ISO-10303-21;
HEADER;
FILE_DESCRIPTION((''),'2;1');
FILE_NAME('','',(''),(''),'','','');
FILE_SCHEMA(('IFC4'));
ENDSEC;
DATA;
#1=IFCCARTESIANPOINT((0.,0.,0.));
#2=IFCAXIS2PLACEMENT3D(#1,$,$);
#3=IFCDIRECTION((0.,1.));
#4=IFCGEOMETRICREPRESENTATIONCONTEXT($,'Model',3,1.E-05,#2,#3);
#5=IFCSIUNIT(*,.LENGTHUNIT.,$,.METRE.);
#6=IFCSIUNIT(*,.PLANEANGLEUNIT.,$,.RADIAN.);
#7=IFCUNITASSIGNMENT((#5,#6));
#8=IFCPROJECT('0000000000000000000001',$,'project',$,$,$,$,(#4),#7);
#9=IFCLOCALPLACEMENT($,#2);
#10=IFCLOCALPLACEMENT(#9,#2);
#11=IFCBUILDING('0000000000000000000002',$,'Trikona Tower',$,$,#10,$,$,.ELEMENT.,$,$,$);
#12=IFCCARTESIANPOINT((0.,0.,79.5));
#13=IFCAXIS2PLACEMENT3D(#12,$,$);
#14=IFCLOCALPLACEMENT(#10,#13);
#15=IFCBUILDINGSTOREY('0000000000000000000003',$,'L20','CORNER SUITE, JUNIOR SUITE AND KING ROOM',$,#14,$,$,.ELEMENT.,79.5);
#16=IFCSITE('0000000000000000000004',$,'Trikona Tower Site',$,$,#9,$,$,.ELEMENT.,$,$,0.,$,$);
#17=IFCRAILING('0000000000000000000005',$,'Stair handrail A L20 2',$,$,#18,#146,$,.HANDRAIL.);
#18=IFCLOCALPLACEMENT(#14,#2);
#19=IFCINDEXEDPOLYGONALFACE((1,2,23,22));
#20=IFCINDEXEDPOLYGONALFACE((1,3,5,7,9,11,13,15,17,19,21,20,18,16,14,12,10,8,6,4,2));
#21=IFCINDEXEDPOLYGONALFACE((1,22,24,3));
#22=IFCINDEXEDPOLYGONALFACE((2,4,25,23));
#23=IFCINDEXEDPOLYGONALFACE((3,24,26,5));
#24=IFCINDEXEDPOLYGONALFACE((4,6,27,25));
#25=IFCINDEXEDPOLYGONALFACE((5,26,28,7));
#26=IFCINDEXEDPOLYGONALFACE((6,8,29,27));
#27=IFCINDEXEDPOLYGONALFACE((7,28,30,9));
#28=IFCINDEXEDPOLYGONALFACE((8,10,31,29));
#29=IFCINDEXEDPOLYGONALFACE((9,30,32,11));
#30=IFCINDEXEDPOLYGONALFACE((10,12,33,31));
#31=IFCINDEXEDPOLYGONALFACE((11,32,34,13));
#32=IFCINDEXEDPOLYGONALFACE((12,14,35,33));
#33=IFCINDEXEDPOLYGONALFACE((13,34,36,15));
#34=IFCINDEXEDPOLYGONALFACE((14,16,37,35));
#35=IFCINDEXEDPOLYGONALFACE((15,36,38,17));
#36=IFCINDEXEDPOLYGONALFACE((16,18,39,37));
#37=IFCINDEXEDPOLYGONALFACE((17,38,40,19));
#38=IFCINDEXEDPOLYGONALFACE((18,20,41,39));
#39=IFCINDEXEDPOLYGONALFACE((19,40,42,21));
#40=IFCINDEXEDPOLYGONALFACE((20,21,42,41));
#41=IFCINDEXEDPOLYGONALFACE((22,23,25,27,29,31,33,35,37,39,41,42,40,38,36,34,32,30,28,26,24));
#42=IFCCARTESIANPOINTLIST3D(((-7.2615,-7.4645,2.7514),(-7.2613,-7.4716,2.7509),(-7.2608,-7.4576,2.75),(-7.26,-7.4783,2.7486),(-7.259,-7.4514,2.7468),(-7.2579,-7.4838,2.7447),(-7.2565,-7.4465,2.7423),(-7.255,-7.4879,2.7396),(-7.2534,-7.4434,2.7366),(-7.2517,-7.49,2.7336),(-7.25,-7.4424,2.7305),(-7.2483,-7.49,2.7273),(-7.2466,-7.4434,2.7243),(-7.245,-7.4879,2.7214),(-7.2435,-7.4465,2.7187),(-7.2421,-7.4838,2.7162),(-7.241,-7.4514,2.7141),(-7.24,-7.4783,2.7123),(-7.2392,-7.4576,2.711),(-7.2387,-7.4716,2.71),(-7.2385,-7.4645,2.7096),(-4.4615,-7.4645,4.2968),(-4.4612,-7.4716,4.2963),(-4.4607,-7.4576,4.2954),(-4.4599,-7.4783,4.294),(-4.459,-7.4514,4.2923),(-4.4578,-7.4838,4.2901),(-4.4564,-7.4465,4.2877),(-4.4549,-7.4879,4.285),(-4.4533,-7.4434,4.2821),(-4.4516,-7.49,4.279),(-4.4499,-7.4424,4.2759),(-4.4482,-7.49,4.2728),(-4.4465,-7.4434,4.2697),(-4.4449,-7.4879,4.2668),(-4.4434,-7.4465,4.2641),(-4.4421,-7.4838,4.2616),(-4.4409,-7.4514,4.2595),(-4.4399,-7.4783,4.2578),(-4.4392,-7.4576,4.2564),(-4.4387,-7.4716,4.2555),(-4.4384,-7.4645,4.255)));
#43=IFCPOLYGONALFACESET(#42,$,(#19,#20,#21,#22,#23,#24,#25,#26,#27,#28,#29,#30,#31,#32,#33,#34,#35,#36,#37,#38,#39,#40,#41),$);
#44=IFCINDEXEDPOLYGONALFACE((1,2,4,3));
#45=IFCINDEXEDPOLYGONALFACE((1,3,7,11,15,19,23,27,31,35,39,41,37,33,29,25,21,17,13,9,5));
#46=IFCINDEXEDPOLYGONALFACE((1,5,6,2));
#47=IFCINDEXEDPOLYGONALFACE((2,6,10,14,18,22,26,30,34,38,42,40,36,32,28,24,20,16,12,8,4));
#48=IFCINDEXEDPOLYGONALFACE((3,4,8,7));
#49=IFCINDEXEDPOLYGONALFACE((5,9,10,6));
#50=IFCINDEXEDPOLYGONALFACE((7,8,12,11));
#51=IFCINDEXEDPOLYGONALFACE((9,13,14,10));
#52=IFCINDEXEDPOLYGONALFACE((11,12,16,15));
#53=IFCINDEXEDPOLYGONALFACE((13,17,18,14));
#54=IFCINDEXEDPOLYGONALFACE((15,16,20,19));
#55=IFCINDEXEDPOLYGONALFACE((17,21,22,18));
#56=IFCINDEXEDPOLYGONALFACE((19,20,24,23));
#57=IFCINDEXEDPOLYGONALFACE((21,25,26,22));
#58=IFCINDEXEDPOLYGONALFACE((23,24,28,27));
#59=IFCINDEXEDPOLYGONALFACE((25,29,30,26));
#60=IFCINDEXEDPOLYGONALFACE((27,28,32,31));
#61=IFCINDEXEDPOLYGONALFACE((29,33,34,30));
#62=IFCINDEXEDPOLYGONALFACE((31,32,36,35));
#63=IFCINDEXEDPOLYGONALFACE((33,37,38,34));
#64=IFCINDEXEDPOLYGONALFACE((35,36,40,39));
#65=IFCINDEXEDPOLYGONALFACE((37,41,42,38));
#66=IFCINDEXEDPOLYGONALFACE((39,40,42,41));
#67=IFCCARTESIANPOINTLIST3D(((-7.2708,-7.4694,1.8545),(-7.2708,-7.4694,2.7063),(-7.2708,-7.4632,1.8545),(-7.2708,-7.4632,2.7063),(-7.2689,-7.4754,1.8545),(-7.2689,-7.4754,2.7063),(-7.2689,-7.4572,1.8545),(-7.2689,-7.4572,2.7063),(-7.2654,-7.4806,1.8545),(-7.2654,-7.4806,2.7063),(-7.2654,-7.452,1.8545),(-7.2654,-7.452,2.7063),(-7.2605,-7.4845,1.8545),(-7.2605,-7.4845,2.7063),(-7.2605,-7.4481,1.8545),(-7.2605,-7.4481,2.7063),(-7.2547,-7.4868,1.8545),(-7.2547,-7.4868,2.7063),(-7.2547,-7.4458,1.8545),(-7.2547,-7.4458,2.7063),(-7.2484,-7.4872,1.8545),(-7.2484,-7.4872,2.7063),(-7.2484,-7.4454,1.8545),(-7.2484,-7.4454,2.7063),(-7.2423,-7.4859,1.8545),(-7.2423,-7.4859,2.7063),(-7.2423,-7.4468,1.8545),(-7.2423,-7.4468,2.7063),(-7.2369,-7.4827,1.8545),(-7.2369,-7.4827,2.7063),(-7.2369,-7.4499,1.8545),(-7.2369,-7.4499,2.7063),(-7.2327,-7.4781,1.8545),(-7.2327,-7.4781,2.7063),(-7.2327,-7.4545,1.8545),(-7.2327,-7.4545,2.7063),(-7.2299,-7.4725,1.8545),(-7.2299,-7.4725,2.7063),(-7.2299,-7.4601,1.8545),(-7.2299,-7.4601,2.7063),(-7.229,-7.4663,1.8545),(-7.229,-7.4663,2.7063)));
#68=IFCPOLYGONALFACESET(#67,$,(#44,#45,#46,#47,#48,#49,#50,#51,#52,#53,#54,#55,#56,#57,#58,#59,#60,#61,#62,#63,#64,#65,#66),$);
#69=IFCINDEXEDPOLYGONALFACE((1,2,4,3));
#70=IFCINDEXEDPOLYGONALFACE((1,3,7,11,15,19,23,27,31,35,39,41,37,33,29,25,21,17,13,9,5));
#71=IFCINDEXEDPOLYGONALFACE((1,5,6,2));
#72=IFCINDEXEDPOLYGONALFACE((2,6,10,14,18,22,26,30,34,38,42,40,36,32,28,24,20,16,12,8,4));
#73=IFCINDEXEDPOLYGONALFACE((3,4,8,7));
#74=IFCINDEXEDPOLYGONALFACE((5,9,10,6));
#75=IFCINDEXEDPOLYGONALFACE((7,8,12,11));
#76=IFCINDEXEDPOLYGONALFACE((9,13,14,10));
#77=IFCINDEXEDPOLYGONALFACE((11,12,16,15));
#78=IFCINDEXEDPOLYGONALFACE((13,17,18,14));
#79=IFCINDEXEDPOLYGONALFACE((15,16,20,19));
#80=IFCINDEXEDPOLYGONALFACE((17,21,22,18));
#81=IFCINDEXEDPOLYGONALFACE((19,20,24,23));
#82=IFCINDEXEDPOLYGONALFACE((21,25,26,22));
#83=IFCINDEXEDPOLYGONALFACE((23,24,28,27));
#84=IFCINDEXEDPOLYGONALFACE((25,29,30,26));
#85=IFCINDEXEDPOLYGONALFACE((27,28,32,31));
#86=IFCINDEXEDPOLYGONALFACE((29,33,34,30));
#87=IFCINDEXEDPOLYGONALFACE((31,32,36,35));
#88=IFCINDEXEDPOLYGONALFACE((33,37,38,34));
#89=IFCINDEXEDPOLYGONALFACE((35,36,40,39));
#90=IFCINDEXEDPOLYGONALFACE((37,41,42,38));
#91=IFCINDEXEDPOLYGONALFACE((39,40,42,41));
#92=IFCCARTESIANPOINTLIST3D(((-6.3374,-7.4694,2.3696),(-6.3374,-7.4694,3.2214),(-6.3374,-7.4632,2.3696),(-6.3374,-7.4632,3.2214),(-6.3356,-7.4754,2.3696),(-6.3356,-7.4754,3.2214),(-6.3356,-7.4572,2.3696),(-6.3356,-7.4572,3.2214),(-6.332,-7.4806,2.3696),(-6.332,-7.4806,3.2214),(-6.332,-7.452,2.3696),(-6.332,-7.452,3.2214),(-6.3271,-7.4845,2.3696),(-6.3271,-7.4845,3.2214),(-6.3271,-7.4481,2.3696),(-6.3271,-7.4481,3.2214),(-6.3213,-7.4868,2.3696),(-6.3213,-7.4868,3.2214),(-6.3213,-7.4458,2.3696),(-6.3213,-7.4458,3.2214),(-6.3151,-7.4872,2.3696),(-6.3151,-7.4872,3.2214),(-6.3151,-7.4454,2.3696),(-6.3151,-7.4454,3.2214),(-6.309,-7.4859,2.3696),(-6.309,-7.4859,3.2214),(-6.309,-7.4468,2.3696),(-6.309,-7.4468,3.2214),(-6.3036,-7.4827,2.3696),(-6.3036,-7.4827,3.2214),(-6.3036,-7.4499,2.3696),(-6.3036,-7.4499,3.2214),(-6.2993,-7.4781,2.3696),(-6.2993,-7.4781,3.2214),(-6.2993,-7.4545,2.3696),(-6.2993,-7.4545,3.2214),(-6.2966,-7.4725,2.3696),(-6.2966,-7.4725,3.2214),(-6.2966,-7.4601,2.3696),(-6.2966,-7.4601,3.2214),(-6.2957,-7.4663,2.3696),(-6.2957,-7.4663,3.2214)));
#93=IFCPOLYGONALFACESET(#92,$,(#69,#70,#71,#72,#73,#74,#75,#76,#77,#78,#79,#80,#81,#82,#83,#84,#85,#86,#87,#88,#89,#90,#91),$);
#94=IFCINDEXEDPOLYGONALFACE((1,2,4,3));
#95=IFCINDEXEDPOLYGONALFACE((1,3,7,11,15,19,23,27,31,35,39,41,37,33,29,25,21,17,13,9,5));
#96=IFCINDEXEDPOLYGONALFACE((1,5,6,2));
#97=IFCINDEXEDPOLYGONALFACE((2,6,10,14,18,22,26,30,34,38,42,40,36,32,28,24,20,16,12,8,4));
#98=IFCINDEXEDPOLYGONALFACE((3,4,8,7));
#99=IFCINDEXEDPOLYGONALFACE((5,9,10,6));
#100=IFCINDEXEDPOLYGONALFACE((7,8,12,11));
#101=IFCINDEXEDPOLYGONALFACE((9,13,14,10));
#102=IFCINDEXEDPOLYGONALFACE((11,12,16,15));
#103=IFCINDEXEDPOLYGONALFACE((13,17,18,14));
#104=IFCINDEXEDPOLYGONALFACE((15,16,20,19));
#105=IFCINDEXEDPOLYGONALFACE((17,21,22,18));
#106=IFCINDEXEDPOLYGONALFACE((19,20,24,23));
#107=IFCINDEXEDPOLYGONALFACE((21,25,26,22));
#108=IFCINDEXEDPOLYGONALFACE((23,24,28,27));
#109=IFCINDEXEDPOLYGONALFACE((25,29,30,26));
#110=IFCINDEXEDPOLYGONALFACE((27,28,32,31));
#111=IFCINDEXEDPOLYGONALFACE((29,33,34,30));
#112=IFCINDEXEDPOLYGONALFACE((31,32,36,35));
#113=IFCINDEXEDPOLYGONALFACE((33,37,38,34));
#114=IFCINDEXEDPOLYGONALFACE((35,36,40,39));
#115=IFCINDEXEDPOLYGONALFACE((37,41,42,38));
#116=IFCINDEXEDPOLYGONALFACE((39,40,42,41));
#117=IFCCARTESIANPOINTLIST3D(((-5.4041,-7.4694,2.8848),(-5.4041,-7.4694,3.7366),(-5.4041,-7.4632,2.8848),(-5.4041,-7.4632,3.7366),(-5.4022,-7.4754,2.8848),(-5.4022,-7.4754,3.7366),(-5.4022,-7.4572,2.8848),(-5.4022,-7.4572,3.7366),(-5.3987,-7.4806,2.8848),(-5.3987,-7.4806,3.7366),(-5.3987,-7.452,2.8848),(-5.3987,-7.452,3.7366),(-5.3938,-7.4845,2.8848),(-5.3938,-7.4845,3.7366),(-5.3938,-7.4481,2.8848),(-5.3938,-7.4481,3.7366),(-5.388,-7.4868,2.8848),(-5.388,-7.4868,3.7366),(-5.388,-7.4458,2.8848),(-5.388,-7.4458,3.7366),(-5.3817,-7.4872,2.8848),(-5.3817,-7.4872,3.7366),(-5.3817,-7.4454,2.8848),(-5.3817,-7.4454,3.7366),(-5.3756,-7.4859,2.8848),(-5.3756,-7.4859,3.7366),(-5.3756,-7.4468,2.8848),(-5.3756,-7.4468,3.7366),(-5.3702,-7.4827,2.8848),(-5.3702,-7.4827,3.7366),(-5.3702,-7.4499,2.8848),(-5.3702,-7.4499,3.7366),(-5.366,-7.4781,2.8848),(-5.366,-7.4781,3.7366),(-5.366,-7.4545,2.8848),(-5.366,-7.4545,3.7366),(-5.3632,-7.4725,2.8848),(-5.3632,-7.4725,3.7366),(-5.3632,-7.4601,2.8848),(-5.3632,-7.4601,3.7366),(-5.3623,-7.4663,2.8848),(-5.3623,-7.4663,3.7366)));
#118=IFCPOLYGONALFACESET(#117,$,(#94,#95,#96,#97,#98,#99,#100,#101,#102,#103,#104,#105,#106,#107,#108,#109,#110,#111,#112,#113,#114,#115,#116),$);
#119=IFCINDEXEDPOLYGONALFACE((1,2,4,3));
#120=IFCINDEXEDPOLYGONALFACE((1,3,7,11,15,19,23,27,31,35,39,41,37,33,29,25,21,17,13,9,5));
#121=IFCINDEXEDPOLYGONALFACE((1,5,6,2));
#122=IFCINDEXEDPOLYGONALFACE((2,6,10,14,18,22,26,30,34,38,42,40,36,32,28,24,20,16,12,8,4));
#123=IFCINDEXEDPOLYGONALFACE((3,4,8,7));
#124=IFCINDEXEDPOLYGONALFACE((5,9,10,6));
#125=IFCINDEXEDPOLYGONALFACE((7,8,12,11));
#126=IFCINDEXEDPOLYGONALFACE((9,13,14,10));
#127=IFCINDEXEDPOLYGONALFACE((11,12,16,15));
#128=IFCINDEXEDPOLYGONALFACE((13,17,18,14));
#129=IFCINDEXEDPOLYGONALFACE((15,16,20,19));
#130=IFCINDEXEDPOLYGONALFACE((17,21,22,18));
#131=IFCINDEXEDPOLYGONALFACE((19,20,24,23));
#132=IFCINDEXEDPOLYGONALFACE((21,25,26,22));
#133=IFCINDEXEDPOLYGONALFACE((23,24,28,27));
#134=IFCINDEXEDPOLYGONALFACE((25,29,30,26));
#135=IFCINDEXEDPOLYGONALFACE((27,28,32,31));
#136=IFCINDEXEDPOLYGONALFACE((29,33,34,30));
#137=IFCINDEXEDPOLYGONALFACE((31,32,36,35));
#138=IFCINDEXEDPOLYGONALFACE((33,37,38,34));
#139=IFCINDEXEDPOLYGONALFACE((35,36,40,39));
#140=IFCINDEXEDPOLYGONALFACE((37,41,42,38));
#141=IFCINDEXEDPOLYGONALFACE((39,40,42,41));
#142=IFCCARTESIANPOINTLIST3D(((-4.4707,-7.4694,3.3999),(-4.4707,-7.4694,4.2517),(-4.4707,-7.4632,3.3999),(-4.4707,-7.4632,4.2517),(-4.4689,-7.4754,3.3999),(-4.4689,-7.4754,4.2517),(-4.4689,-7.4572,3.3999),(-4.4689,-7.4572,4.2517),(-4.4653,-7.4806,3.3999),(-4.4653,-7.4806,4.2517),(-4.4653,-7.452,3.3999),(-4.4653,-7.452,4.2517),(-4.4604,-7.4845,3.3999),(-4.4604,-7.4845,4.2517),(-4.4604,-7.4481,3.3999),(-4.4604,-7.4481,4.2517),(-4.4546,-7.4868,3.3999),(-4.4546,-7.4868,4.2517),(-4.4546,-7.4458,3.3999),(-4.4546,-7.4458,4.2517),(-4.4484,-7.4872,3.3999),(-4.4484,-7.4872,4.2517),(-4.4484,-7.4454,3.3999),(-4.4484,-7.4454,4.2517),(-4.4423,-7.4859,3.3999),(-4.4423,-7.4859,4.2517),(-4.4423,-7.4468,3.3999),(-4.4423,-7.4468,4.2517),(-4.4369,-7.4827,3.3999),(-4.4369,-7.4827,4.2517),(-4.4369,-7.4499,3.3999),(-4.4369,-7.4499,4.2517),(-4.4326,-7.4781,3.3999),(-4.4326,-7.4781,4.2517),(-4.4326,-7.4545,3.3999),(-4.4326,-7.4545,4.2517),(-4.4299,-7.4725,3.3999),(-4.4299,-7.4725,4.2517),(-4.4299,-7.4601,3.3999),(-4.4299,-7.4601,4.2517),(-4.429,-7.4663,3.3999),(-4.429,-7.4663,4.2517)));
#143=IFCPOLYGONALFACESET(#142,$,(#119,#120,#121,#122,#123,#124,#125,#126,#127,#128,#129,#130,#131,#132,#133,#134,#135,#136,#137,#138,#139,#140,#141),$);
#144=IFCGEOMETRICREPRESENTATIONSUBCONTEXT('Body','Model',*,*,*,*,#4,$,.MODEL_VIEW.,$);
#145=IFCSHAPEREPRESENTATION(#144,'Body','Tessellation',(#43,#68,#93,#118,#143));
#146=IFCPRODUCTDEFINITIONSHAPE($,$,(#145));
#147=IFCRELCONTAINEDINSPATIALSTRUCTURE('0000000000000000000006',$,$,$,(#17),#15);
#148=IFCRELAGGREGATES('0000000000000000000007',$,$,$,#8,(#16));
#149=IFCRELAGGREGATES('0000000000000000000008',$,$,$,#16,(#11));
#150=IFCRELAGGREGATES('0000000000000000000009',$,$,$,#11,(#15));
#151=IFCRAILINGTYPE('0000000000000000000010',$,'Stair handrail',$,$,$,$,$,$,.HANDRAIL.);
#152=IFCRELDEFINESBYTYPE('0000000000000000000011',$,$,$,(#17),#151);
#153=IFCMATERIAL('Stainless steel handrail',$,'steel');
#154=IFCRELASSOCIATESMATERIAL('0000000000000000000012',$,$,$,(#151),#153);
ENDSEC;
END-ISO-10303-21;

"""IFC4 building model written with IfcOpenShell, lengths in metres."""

from ifc_helpers import new_model, si_unit, direction, frame, origin, origin_2d, place, context, subcontext, project, spatial, circle, extrude, material, type_object, element, save


model = new_model("IFC4")

# Units and contexts
model_context = context("Model", 3, precision=1e-05, world=origin(), true_north=direction((0.0, 1.0)))
body_context = subcontext(model_context, "Body", "Model", "MODEL_VIEW")
ifc_project = project(units=[si_unit("LENGTHUNIT", "METRE"), si_unit("PLANEANGLEUNIT", "RADIAN")], contexts=[model_context])

# Site, building, storey
site_placement = place(None, origin())
site = spatial("IfcSite", under=ifc_project, at=site_placement, Name="Trikona Tower Site", CompositionType="ELEMENT", RefElevation=0.0)
building_placement = place(site_placement, origin())
building = spatial("IfcBuilding", under=site, at=building_placement, Name="Trikona Tower", CompositionType="ELEMENT")
storey_placement = place(building_placement, frame((0.0, 0.0, 79.5)))
storey = spatial("IfcBuildingStorey", under=building, at=storey_placement, Name="L20", Description="CORNER SUITE, JUNIOR SUITE AND KING ROOM", CompositionType="ELEMENT", Elevation=79.5)

# Railing
ifc_material_1 = material(Name="Stainless steel handrail", Category="steel")
railing_type = type_object("IfcRailingType", Name="Stair handrail", PredefinedType="HANDRAIL", material=ifc_material_1)
railing_placement = place(storey_placement, frame((-7.25, -7.4663, 1.8545)))
element("IfcRailing", 1, at=railing_placement, inside=storey, type_object=railing_type, Name="Stair handrail A L20 2", PredefinedType="HANDRAIL", context=body_context, shape_type="SweptSolid", body=[
    extrude(circle(Radius=0.0239, at=origin_2d()), frame((0.0, 0.0, 0.876), z_axis=(0.875504, 0.0, 0.483211), x_axis=(0.0, 1.0, 0.0)), (0.0, 0.0, 1.0), 3.1982),
    extrude(circle(Radius=0.021, at=origin_2d()), origin(), (0.0, 0.0, 1.0), 0.8518),
    extrude(circle(Radius=0.021, at=origin_2d()), frame((0.9333, 0.0, 0.5151)), (0.0, 0.0, 1.0), 0.8518),
    extrude(circle(Radius=0.021, at=origin_2d()), frame((1.8667, 0.0, 1.0303)), (0.0, 0.0, 1.0), 0.8518),
    extrude(circle(Radius=0.021, at=origin_2d()), frame((2.8, 0.0, 1.5454)), (0.0, 0.0, 1.0), 0.8518),
])

save(model, "model.ifc")
